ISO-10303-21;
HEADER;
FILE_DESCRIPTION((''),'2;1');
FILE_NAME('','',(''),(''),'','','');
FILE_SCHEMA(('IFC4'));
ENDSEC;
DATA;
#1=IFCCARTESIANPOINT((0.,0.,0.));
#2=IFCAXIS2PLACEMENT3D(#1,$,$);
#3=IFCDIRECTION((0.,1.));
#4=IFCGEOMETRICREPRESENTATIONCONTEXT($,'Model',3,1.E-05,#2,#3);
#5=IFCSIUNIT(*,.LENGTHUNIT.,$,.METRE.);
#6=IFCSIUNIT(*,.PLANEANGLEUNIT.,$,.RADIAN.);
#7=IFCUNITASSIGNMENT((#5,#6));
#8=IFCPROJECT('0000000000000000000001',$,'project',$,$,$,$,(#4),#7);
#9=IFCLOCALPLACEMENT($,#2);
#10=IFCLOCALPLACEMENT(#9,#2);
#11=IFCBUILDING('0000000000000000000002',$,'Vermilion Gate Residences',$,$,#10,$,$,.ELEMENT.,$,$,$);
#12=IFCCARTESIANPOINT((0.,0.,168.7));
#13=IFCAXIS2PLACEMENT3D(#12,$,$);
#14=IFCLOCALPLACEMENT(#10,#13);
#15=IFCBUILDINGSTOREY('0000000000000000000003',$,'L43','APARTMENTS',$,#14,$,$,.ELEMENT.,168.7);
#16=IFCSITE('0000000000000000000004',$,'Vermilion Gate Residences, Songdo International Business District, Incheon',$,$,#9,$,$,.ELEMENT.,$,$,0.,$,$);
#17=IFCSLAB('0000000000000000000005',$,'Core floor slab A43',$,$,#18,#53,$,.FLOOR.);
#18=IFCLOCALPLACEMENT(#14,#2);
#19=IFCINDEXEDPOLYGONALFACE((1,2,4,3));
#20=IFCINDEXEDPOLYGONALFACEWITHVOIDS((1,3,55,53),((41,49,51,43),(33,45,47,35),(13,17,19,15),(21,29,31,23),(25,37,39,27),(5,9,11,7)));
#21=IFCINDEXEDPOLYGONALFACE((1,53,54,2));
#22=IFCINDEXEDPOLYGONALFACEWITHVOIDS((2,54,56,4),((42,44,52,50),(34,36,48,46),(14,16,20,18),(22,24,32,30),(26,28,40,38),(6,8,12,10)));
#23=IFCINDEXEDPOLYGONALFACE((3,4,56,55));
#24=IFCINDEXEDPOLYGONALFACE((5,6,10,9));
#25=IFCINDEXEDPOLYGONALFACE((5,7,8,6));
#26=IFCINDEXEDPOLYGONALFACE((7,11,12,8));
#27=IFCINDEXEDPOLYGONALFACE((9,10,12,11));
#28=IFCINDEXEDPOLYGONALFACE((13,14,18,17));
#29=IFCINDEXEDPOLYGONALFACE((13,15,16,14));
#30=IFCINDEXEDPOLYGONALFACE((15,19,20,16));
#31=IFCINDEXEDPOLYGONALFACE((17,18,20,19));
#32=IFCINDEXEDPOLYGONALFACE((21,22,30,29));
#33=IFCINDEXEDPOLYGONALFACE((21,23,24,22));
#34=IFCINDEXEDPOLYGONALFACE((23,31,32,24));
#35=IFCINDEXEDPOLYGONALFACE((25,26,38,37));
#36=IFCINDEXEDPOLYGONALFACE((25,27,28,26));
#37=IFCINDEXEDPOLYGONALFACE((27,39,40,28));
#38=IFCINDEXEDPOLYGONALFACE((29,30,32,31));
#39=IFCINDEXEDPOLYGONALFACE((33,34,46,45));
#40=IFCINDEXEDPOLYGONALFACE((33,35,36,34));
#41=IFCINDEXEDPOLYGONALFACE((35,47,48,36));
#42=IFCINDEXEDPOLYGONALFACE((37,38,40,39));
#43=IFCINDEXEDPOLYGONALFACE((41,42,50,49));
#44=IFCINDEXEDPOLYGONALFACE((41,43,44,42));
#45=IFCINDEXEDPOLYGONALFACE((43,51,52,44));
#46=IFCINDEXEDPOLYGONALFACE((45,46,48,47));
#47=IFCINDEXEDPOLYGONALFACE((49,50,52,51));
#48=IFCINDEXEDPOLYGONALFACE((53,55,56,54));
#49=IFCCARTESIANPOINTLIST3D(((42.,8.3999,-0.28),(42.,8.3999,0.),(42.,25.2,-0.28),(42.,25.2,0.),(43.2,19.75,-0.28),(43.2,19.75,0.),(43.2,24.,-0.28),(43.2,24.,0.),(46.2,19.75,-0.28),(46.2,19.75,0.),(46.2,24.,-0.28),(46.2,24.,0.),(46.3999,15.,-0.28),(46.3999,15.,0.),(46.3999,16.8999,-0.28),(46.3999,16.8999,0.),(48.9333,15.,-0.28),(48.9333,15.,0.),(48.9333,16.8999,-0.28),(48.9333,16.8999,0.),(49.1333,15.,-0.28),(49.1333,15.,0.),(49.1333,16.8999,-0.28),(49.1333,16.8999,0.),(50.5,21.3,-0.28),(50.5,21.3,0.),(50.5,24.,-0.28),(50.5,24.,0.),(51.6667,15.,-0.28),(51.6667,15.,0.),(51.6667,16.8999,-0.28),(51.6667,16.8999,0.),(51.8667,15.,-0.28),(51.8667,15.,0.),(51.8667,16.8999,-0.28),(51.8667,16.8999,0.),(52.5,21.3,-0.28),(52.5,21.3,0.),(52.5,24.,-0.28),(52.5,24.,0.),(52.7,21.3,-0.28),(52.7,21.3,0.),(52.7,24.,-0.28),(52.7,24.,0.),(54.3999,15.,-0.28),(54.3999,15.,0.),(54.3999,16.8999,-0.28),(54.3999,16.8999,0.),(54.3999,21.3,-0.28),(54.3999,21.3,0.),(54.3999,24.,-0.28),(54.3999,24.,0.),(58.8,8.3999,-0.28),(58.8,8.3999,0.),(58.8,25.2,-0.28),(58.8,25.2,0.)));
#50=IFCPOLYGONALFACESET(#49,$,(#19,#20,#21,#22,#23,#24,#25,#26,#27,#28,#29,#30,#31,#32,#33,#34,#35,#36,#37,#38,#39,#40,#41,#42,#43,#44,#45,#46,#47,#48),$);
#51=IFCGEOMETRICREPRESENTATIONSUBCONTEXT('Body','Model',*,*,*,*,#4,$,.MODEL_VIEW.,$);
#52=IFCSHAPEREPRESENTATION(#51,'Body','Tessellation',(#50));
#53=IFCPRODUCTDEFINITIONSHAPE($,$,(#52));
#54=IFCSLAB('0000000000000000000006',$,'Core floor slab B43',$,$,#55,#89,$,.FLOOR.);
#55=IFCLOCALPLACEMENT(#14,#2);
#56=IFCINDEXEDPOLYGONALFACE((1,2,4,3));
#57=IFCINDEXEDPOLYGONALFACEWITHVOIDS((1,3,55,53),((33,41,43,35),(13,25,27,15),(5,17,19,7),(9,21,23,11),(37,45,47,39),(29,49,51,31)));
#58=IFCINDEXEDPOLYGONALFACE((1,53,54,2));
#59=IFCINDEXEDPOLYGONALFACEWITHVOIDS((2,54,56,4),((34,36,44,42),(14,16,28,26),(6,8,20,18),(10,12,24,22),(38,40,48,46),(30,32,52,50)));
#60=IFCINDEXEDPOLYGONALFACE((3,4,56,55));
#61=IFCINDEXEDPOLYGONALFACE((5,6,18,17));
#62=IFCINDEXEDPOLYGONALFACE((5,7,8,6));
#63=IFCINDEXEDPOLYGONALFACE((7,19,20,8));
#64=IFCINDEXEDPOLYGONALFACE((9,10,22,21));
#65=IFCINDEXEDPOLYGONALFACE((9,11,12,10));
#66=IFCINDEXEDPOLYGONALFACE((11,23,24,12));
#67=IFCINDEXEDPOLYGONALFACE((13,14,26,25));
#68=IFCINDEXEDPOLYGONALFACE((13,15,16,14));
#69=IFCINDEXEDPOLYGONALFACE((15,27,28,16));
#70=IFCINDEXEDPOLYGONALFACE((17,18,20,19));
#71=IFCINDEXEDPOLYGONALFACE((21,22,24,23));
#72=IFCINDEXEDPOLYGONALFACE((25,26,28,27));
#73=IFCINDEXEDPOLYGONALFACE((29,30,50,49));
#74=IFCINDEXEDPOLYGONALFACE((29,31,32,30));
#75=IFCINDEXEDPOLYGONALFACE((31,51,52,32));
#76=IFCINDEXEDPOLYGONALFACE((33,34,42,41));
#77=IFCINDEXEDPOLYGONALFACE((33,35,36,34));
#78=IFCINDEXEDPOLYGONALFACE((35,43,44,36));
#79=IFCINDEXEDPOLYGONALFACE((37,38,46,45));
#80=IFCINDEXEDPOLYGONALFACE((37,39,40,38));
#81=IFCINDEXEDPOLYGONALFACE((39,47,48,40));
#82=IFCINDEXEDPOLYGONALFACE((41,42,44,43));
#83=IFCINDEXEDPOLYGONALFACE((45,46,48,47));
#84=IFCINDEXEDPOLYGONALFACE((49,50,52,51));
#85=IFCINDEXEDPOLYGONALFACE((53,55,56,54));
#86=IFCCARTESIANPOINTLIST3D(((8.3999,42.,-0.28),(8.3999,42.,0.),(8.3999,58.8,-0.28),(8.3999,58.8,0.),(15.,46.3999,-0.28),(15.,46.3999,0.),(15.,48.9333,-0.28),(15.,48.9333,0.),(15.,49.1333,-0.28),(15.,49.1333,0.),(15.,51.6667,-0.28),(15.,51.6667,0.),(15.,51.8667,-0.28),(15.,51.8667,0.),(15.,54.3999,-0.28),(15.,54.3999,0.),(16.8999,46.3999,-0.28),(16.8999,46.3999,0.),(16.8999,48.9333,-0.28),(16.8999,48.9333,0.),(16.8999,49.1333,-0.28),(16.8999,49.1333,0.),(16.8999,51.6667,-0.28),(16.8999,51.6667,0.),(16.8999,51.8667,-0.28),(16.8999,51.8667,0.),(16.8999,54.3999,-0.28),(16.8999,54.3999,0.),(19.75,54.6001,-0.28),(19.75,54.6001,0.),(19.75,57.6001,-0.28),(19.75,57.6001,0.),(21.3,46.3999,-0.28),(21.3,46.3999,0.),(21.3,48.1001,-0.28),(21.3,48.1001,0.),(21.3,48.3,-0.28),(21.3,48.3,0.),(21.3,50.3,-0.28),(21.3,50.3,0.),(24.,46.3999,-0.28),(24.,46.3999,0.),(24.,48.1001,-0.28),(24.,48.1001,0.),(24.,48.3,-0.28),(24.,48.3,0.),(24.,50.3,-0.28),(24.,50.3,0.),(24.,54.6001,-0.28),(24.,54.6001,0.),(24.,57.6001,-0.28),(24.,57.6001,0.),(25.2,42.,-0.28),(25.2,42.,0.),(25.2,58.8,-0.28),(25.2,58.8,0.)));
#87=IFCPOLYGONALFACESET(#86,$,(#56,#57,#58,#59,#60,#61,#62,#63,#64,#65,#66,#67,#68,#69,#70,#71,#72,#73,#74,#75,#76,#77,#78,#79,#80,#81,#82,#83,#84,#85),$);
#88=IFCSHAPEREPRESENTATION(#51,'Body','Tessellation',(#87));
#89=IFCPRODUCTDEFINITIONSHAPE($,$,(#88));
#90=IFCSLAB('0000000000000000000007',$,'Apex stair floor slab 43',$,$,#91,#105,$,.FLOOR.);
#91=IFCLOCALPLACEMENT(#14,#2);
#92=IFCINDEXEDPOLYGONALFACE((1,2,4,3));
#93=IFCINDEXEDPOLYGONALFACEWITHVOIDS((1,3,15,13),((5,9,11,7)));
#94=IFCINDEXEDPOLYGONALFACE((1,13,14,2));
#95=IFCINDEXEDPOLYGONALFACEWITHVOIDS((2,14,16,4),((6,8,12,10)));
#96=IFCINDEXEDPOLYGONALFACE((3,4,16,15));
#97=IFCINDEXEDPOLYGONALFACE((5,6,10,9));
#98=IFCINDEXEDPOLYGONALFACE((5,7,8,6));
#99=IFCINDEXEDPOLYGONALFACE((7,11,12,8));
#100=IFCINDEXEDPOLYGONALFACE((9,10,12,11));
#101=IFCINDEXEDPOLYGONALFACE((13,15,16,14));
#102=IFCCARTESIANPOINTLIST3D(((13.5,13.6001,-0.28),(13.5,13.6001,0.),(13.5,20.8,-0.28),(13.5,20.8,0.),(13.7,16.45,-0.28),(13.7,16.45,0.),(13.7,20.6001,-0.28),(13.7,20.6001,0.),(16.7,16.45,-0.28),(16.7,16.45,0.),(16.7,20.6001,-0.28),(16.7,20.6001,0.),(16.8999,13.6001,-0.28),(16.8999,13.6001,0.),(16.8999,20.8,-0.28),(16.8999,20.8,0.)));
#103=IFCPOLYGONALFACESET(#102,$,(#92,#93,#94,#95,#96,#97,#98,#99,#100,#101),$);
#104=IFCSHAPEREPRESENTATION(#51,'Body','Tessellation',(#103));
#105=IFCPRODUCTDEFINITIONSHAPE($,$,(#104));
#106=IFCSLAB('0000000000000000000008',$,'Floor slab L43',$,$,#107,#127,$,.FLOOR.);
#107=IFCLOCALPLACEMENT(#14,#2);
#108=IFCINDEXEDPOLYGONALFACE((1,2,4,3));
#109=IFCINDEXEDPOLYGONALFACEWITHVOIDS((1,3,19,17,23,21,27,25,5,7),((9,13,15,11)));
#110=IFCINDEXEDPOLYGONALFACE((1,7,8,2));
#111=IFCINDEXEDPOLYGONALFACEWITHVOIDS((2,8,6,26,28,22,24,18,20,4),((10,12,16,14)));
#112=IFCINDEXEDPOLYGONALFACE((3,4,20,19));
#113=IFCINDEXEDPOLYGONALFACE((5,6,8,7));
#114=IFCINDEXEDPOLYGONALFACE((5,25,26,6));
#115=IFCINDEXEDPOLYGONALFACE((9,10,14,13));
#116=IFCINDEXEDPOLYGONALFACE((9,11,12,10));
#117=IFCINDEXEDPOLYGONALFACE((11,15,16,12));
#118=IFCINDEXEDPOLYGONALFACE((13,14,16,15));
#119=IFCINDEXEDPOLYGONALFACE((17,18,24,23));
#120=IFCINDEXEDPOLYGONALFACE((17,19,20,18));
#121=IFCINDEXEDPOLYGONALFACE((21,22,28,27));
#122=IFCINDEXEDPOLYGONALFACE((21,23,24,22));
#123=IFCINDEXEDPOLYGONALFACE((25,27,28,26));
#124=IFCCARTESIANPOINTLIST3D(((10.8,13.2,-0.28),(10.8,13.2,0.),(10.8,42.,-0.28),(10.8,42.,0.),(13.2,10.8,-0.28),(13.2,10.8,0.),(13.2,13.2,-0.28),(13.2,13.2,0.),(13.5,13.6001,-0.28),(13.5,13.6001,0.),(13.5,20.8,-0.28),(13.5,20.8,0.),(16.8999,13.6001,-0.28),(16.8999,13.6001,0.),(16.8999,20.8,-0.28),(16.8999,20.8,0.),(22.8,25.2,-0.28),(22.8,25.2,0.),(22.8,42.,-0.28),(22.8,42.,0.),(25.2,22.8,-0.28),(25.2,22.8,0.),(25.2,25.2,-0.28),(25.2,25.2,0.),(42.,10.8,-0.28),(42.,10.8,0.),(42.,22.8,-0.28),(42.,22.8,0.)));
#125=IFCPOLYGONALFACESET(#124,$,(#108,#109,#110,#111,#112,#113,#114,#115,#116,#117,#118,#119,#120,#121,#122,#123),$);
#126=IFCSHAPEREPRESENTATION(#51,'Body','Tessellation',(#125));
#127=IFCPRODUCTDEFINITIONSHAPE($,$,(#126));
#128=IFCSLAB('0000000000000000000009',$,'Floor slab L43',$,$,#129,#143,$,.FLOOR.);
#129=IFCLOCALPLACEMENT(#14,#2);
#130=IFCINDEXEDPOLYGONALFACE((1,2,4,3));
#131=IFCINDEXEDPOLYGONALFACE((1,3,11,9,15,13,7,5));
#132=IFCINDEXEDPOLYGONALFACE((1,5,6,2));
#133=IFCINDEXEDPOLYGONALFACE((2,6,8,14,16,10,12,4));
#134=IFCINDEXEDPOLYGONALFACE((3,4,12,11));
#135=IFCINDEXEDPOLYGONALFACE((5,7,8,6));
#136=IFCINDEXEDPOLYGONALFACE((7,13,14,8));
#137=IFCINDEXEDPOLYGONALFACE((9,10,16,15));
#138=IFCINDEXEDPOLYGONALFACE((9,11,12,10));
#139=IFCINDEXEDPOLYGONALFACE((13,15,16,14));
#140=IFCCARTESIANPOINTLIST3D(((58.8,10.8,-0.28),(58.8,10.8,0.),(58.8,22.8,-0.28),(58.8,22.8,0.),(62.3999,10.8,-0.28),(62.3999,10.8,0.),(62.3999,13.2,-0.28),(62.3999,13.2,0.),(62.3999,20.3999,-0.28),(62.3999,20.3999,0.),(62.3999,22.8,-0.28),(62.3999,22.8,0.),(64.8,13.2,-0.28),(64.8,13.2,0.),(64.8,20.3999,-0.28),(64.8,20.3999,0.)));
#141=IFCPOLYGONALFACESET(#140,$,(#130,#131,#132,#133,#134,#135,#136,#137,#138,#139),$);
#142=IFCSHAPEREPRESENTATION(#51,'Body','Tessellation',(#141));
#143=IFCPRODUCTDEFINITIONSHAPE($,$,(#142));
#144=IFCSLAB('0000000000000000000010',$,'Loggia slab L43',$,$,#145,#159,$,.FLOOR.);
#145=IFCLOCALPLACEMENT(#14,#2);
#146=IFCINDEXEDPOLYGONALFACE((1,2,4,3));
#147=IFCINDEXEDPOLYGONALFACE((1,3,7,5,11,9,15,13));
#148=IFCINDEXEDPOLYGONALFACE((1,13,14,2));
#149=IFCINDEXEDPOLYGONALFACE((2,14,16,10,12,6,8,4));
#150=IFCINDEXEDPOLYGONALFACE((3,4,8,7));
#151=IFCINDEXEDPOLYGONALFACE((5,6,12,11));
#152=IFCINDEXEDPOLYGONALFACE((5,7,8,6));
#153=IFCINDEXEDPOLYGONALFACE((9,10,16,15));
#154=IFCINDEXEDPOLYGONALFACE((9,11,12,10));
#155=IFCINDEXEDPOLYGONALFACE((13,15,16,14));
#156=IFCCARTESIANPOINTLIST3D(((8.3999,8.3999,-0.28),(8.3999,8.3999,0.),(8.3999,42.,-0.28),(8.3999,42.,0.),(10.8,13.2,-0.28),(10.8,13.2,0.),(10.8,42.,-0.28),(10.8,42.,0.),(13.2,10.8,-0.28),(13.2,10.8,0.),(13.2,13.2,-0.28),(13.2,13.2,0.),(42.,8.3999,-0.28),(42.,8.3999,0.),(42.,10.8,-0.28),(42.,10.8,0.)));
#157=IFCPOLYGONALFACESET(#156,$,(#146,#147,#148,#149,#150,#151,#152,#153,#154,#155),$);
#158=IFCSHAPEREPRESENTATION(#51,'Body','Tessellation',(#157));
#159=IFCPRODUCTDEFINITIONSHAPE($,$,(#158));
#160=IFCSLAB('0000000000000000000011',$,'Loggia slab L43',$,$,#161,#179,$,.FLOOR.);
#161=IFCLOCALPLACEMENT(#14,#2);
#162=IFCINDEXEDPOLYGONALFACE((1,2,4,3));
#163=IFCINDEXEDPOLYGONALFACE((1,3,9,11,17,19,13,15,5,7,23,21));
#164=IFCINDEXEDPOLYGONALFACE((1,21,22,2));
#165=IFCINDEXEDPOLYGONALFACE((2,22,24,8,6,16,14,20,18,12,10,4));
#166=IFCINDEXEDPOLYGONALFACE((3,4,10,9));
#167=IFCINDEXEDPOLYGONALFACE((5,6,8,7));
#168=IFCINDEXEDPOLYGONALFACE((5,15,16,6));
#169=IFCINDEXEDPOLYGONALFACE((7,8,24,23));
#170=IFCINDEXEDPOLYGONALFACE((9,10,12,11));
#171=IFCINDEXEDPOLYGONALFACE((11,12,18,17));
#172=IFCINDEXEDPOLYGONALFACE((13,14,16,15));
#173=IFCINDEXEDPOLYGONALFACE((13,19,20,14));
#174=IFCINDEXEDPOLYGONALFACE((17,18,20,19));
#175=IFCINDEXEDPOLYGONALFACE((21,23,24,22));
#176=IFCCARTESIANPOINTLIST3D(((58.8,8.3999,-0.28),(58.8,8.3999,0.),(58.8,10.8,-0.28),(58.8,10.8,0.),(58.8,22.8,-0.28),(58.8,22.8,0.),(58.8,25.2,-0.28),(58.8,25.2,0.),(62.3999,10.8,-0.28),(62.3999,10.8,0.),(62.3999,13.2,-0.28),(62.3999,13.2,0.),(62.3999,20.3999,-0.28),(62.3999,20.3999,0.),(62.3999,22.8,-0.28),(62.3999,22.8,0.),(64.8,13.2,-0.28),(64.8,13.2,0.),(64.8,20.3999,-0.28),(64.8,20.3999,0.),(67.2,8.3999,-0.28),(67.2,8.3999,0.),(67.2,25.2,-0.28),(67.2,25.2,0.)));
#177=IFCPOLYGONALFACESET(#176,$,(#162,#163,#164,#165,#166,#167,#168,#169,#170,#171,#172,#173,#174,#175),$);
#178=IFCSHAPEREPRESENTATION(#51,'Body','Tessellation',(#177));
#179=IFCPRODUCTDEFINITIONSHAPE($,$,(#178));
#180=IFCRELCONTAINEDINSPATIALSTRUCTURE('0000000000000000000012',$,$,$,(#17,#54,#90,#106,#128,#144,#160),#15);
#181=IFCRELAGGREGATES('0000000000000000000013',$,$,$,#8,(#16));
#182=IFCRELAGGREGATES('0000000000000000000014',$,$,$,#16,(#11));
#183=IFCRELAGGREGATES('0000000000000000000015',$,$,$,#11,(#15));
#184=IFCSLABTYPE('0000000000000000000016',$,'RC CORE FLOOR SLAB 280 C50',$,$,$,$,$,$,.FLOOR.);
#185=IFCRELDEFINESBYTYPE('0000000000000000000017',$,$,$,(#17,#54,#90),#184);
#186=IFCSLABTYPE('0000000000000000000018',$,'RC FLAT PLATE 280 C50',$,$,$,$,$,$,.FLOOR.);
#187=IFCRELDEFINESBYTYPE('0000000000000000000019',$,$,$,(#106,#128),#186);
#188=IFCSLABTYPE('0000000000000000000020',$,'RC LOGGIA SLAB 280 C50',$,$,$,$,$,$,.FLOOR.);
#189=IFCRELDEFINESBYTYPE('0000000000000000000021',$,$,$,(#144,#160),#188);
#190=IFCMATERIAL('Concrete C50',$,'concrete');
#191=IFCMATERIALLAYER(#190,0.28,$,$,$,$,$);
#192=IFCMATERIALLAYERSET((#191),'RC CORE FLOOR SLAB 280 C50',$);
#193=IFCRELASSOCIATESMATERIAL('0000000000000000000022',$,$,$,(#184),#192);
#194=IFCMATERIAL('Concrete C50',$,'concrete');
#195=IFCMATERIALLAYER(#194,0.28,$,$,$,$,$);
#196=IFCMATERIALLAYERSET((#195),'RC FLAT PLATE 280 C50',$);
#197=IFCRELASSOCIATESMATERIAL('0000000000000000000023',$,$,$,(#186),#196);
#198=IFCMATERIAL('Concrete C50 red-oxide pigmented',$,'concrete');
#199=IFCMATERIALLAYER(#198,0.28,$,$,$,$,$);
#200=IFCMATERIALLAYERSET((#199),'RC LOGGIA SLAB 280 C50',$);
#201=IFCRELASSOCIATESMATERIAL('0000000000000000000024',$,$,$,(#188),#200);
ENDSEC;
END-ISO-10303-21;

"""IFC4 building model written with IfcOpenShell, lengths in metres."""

from ifc_helpers import new_model, si_unit, direction, frame, origin, place, context, subcontext, project, spatial, polyline, outline, extrude, material, layer, layer_set, type_object, element, save


model = new_model("IFC4")

# Units and contexts
model_context = context("Model", 3, precision=1e-05, world=origin(), true_north=direction((0.0, 1.0)))
body_context = subcontext(model_context, "Body", "Model", "MODEL_VIEW")
ifc_project = project(units=[si_unit("LENGTHUNIT", "METRE"), si_unit("PLANEANGLEUNIT", "RADIAN")], contexts=[model_context])

# Site, building, storey
site_placement = place(None, origin())
site = spatial("IfcSite", under=ifc_project, at=site_placement, Name="Vermilion Gate Residences, Songdo International Business District, Incheon", CompositionType="ELEMENT", RefElevation=0.0)
building_placement = place(site_placement, origin())
building = spatial("IfcBuilding", under=site, at=building_placement, Name="Vermilion Gate Residences", CompositionType="ELEMENT")
storey_placement = place(building_placement, frame((0.0, 0.0, 168.7)))
storey = spatial("IfcBuildingStorey", under=building, at=storey_placement, Name="L43", Description="APARTMENTS", CompositionType="ELEMENT", Elevation=168.7)

# Slabs
ifc_material_1 = material(Name="Concrete C50", Category="concrete")
ifc_layer_1 = layer(ifc_material_1, 0.28)
ifc_layer_set_1 = layer_set([ifc_layer_1], Name="RC CORE FLOOR SLAB 280 C50")
slab_type_1 = type_object("IfcSlabType", Name="RC CORE FLOOR SLAB 280 C50", PredefinedType="FLOOR", material=ifc_layer_set_1)
slab_1_placement = place(storey_placement, frame((0.0, 0.0, -0.28)))
element("IfcSlab", 1, at=slab_1_placement, inside=storey, type_object=slab_type_1, Name="Core floor slab A43", PredefinedType="FLOOR", context=body_context, shape_type="SweptSolid", body=[
    extrude(outline(polyline([(42.0, 8.3999), (58.8, 8.3999), (58.8, 25.2), (42.0, 25.2), (42.0, 8.3999)]), holes=[polyline([(46.3999, 15.0), (46.3999, 16.8999), (48.9333, 16.8999), (48.9333, 15.0), (46.3999, 15.0)]), polyline([(49.1333, 16.8999), (51.6667, 16.8999), (51.6667, 15.0), (49.1333, 15.0), (49.1333, 16.8999)]), polyline([(51.8667, 16.8999), (54.3999, 16.8999), (54.3999, 15.0), (51.8667, 15.0), (51.8667, 16.8999)]), polyline([(43.2, 19.75), (43.2, 24.0), (46.2, 24.0), (46.2, 19.75), (43.2, 19.75)]), polyline([(50.5, 24.0), (52.5, 24.0), (52.5, 21.3), (50.5, 21.3), (50.5, 24.0)]), polyline([(52.7, 24.0), (54.3999, 24.0), (54.3999, 21.3), (52.7, 21.3), (52.7, 24.0)])]), origin(), (0.0, 0.0, 1.0), 0.28),
])
slab_2_placement = place(storey_placement, frame((0.0, 0.0, -0.28)))
element("IfcSlab", 2, at=slab_2_placement, inside=storey, type_object=slab_type_1, Name="Core floor slab B43", PredefinedType="FLOOR", context=body_context, shape_type="SweptSolid", body=[
    extrude(outline(polyline([(8.3999, 42.0), (25.2, 42.0), (25.2, 58.8), (8.3999, 58.8), (8.3999, 42.0)]), holes=[polyline([(21.3, 46.3999), (21.3, 48.1001), (24.0, 48.1001), (24.0, 46.3999), (21.3, 46.3999)]), polyline([(15.0, 48.9333), (16.8999, 48.9333), (16.8999, 46.3999), (15.0, 46.3999), (15.0, 48.9333)]), polyline([(21.3, 50.3), (24.0, 50.3), (24.0, 48.3), (21.3, 48.3), (21.3, 50.3)]), polyline([(15.0, 49.1333), (15.0, 51.6667), (16.8999, 51.6667), (16.8999, 49.1333), (15.0, 49.1333)]), polyline([(15.0, 54.3999), (16.8999, 54.3999), (16.8999, 51.8667), (15.0, 51.8667), (15.0, 54.3999)]), polyline([(19.75, 57.6001), (24.0, 57.6001), (24.0, 54.6001), (19.75, 54.6001), (19.75, 57.6001)])]), origin(), (0.0, 0.0, 1.0), 0.28),
])
slab_3_placement = place(storey_placement, frame((0.0, 0.0, -0.28)))
element("IfcSlab", 3, at=slab_3_placement, inside=storey, type_object=slab_type_1, Name="Apex stair floor slab 43", PredefinedType="FLOOR", context=body_context, shape_type="SweptSolid", body=[
    extrude(outline(polyline([(13.5, 13.6001), (16.8999, 13.6001), (16.8999, 20.8), (13.5, 20.8), (13.5, 13.6001)]), holes=[polyline([(16.7, 20.6001), (16.7, 16.45), (13.7, 16.45), (13.7, 20.6001), (16.7, 20.6001)])]), origin(), (0.0, 0.0, 1.0), 0.28),
])
ifc_material_2 = material(Name="Concrete C50", Category="concrete")
ifc_layer_2 = layer(ifc_material_2, 0.28)
ifc_layer_set_2 = layer_set([ifc_layer_2], Name="RC FLAT PLATE 280 C50")
slab_type_2 = type_object("IfcSlabType", Name="RC FLAT PLATE 280 C50", PredefinedType="FLOOR", material=ifc_layer_set_2)
slab_4_placement = place(storey_placement, frame((0.0, 0.0, -0.28)))
element("IfcSlab", 4, at=slab_4_placement, inside=storey, type_object=slab_type_2, Name="Floor slab L43", PredefinedType="FLOOR", context=body_context, shape_type="SweptSolid", body=[
    extrude(outline(polyline([(22.8, 25.2), (22.8, 42.0), (10.8, 42.0), (10.8, 13.2), (13.2, 13.2), (13.2, 10.8), (42.0, 10.8), (42.0, 22.8), (25.2, 22.8), (25.2, 25.2), (22.8, 25.2)]), holes=[polyline([(13.5, 13.6001), (13.5, 20.8), (16.8999, 20.8), (16.8999, 13.6001), (13.5, 13.6001)])]), origin(), (0.0, 0.0, 1.0), 0.28),
])
slab_5_placement = place(storey_placement, frame((0.0, 0.0, -0.28)))
element("IfcSlab", 5, at=slab_5_placement, inside=storey, type_object=slab_type_2, Name="Floor slab L43", PredefinedType="FLOOR", context=body_context, shape_type="SweptSolid", body=[
    extrude(outline(polyline([(58.8, 22.8), (58.8, 10.8), (62.3999, 10.8), (62.3999, 13.2), (64.8, 13.2), (64.8, 20.3999), (62.3999, 20.3999), (62.3999, 22.8), (58.8, 22.8)])), origin(), (0.0, 0.0, 1.0), 0.28),
])
ifc_material_3 = material(Name="Concrete C50 red-oxide pigmented", Category="concrete")
ifc_layer_3 = layer(ifc_material_3, 0.28)
ifc_layer_set_3 = layer_set([ifc_layer_3], Name="RC LOGGIA SLAB 280 C50")
slab_type_3 = type_object("IfcSlabType", Name="RC LOGGIA SLAB 280 C50", PredefinedType="FLOOR", material=ifc_layer_set_3)
slab_6_placement = place(storey_placement, frame((0.0, 0.0, -0.28)))
element("IfcSlab", 6, at=slab_6_placement, inside=storey, type_object=slab_type_3, Name="Loggia slab L43", PredefinedType="FLOOR", context=body_context, shape_type="SweptSolid", body=[
    extrude(outline(polyline([(8.3999, 42.0), (8.3999, 8.3999), (42.0, 8.3999), (42.0, 10.8), (13.2, 10.8), (13.2, 13.2), (10.8, 13.2), (10.8, 42.0), (8.3999, 42.0)])), origin(), (0.0, 0.0, 1.0), 0.28),
])
slab_7_placement = place(storey_placement, frame((0.0, 0.0, -0.28)))
element("IfcSlab", 7, at=slab_7_placement, inside=storey, type_object=slab_type_3, Name="Loggia slab L43", PredefinedType="FLOOR", context=body_context, shape_type="SweptSolid", body=[
    extrude(outline(polyline([(64.8, 13.2), (62.3999, 13.2), (62.3999, 10.8), (58.8, 10.8), (58.8, 8.3999), (67.2, 8.3999), (67.2, 25.2), (58.8, 25.2), (58.8, 22.8), (62.3999, 22.8), (62.3999, 20.3999), (64.8, 20.3999), (64.8, 13.2)])), origin(), (0.0, 0.0, 1.0), 0.28),
])

save(model, "model.ifc")
